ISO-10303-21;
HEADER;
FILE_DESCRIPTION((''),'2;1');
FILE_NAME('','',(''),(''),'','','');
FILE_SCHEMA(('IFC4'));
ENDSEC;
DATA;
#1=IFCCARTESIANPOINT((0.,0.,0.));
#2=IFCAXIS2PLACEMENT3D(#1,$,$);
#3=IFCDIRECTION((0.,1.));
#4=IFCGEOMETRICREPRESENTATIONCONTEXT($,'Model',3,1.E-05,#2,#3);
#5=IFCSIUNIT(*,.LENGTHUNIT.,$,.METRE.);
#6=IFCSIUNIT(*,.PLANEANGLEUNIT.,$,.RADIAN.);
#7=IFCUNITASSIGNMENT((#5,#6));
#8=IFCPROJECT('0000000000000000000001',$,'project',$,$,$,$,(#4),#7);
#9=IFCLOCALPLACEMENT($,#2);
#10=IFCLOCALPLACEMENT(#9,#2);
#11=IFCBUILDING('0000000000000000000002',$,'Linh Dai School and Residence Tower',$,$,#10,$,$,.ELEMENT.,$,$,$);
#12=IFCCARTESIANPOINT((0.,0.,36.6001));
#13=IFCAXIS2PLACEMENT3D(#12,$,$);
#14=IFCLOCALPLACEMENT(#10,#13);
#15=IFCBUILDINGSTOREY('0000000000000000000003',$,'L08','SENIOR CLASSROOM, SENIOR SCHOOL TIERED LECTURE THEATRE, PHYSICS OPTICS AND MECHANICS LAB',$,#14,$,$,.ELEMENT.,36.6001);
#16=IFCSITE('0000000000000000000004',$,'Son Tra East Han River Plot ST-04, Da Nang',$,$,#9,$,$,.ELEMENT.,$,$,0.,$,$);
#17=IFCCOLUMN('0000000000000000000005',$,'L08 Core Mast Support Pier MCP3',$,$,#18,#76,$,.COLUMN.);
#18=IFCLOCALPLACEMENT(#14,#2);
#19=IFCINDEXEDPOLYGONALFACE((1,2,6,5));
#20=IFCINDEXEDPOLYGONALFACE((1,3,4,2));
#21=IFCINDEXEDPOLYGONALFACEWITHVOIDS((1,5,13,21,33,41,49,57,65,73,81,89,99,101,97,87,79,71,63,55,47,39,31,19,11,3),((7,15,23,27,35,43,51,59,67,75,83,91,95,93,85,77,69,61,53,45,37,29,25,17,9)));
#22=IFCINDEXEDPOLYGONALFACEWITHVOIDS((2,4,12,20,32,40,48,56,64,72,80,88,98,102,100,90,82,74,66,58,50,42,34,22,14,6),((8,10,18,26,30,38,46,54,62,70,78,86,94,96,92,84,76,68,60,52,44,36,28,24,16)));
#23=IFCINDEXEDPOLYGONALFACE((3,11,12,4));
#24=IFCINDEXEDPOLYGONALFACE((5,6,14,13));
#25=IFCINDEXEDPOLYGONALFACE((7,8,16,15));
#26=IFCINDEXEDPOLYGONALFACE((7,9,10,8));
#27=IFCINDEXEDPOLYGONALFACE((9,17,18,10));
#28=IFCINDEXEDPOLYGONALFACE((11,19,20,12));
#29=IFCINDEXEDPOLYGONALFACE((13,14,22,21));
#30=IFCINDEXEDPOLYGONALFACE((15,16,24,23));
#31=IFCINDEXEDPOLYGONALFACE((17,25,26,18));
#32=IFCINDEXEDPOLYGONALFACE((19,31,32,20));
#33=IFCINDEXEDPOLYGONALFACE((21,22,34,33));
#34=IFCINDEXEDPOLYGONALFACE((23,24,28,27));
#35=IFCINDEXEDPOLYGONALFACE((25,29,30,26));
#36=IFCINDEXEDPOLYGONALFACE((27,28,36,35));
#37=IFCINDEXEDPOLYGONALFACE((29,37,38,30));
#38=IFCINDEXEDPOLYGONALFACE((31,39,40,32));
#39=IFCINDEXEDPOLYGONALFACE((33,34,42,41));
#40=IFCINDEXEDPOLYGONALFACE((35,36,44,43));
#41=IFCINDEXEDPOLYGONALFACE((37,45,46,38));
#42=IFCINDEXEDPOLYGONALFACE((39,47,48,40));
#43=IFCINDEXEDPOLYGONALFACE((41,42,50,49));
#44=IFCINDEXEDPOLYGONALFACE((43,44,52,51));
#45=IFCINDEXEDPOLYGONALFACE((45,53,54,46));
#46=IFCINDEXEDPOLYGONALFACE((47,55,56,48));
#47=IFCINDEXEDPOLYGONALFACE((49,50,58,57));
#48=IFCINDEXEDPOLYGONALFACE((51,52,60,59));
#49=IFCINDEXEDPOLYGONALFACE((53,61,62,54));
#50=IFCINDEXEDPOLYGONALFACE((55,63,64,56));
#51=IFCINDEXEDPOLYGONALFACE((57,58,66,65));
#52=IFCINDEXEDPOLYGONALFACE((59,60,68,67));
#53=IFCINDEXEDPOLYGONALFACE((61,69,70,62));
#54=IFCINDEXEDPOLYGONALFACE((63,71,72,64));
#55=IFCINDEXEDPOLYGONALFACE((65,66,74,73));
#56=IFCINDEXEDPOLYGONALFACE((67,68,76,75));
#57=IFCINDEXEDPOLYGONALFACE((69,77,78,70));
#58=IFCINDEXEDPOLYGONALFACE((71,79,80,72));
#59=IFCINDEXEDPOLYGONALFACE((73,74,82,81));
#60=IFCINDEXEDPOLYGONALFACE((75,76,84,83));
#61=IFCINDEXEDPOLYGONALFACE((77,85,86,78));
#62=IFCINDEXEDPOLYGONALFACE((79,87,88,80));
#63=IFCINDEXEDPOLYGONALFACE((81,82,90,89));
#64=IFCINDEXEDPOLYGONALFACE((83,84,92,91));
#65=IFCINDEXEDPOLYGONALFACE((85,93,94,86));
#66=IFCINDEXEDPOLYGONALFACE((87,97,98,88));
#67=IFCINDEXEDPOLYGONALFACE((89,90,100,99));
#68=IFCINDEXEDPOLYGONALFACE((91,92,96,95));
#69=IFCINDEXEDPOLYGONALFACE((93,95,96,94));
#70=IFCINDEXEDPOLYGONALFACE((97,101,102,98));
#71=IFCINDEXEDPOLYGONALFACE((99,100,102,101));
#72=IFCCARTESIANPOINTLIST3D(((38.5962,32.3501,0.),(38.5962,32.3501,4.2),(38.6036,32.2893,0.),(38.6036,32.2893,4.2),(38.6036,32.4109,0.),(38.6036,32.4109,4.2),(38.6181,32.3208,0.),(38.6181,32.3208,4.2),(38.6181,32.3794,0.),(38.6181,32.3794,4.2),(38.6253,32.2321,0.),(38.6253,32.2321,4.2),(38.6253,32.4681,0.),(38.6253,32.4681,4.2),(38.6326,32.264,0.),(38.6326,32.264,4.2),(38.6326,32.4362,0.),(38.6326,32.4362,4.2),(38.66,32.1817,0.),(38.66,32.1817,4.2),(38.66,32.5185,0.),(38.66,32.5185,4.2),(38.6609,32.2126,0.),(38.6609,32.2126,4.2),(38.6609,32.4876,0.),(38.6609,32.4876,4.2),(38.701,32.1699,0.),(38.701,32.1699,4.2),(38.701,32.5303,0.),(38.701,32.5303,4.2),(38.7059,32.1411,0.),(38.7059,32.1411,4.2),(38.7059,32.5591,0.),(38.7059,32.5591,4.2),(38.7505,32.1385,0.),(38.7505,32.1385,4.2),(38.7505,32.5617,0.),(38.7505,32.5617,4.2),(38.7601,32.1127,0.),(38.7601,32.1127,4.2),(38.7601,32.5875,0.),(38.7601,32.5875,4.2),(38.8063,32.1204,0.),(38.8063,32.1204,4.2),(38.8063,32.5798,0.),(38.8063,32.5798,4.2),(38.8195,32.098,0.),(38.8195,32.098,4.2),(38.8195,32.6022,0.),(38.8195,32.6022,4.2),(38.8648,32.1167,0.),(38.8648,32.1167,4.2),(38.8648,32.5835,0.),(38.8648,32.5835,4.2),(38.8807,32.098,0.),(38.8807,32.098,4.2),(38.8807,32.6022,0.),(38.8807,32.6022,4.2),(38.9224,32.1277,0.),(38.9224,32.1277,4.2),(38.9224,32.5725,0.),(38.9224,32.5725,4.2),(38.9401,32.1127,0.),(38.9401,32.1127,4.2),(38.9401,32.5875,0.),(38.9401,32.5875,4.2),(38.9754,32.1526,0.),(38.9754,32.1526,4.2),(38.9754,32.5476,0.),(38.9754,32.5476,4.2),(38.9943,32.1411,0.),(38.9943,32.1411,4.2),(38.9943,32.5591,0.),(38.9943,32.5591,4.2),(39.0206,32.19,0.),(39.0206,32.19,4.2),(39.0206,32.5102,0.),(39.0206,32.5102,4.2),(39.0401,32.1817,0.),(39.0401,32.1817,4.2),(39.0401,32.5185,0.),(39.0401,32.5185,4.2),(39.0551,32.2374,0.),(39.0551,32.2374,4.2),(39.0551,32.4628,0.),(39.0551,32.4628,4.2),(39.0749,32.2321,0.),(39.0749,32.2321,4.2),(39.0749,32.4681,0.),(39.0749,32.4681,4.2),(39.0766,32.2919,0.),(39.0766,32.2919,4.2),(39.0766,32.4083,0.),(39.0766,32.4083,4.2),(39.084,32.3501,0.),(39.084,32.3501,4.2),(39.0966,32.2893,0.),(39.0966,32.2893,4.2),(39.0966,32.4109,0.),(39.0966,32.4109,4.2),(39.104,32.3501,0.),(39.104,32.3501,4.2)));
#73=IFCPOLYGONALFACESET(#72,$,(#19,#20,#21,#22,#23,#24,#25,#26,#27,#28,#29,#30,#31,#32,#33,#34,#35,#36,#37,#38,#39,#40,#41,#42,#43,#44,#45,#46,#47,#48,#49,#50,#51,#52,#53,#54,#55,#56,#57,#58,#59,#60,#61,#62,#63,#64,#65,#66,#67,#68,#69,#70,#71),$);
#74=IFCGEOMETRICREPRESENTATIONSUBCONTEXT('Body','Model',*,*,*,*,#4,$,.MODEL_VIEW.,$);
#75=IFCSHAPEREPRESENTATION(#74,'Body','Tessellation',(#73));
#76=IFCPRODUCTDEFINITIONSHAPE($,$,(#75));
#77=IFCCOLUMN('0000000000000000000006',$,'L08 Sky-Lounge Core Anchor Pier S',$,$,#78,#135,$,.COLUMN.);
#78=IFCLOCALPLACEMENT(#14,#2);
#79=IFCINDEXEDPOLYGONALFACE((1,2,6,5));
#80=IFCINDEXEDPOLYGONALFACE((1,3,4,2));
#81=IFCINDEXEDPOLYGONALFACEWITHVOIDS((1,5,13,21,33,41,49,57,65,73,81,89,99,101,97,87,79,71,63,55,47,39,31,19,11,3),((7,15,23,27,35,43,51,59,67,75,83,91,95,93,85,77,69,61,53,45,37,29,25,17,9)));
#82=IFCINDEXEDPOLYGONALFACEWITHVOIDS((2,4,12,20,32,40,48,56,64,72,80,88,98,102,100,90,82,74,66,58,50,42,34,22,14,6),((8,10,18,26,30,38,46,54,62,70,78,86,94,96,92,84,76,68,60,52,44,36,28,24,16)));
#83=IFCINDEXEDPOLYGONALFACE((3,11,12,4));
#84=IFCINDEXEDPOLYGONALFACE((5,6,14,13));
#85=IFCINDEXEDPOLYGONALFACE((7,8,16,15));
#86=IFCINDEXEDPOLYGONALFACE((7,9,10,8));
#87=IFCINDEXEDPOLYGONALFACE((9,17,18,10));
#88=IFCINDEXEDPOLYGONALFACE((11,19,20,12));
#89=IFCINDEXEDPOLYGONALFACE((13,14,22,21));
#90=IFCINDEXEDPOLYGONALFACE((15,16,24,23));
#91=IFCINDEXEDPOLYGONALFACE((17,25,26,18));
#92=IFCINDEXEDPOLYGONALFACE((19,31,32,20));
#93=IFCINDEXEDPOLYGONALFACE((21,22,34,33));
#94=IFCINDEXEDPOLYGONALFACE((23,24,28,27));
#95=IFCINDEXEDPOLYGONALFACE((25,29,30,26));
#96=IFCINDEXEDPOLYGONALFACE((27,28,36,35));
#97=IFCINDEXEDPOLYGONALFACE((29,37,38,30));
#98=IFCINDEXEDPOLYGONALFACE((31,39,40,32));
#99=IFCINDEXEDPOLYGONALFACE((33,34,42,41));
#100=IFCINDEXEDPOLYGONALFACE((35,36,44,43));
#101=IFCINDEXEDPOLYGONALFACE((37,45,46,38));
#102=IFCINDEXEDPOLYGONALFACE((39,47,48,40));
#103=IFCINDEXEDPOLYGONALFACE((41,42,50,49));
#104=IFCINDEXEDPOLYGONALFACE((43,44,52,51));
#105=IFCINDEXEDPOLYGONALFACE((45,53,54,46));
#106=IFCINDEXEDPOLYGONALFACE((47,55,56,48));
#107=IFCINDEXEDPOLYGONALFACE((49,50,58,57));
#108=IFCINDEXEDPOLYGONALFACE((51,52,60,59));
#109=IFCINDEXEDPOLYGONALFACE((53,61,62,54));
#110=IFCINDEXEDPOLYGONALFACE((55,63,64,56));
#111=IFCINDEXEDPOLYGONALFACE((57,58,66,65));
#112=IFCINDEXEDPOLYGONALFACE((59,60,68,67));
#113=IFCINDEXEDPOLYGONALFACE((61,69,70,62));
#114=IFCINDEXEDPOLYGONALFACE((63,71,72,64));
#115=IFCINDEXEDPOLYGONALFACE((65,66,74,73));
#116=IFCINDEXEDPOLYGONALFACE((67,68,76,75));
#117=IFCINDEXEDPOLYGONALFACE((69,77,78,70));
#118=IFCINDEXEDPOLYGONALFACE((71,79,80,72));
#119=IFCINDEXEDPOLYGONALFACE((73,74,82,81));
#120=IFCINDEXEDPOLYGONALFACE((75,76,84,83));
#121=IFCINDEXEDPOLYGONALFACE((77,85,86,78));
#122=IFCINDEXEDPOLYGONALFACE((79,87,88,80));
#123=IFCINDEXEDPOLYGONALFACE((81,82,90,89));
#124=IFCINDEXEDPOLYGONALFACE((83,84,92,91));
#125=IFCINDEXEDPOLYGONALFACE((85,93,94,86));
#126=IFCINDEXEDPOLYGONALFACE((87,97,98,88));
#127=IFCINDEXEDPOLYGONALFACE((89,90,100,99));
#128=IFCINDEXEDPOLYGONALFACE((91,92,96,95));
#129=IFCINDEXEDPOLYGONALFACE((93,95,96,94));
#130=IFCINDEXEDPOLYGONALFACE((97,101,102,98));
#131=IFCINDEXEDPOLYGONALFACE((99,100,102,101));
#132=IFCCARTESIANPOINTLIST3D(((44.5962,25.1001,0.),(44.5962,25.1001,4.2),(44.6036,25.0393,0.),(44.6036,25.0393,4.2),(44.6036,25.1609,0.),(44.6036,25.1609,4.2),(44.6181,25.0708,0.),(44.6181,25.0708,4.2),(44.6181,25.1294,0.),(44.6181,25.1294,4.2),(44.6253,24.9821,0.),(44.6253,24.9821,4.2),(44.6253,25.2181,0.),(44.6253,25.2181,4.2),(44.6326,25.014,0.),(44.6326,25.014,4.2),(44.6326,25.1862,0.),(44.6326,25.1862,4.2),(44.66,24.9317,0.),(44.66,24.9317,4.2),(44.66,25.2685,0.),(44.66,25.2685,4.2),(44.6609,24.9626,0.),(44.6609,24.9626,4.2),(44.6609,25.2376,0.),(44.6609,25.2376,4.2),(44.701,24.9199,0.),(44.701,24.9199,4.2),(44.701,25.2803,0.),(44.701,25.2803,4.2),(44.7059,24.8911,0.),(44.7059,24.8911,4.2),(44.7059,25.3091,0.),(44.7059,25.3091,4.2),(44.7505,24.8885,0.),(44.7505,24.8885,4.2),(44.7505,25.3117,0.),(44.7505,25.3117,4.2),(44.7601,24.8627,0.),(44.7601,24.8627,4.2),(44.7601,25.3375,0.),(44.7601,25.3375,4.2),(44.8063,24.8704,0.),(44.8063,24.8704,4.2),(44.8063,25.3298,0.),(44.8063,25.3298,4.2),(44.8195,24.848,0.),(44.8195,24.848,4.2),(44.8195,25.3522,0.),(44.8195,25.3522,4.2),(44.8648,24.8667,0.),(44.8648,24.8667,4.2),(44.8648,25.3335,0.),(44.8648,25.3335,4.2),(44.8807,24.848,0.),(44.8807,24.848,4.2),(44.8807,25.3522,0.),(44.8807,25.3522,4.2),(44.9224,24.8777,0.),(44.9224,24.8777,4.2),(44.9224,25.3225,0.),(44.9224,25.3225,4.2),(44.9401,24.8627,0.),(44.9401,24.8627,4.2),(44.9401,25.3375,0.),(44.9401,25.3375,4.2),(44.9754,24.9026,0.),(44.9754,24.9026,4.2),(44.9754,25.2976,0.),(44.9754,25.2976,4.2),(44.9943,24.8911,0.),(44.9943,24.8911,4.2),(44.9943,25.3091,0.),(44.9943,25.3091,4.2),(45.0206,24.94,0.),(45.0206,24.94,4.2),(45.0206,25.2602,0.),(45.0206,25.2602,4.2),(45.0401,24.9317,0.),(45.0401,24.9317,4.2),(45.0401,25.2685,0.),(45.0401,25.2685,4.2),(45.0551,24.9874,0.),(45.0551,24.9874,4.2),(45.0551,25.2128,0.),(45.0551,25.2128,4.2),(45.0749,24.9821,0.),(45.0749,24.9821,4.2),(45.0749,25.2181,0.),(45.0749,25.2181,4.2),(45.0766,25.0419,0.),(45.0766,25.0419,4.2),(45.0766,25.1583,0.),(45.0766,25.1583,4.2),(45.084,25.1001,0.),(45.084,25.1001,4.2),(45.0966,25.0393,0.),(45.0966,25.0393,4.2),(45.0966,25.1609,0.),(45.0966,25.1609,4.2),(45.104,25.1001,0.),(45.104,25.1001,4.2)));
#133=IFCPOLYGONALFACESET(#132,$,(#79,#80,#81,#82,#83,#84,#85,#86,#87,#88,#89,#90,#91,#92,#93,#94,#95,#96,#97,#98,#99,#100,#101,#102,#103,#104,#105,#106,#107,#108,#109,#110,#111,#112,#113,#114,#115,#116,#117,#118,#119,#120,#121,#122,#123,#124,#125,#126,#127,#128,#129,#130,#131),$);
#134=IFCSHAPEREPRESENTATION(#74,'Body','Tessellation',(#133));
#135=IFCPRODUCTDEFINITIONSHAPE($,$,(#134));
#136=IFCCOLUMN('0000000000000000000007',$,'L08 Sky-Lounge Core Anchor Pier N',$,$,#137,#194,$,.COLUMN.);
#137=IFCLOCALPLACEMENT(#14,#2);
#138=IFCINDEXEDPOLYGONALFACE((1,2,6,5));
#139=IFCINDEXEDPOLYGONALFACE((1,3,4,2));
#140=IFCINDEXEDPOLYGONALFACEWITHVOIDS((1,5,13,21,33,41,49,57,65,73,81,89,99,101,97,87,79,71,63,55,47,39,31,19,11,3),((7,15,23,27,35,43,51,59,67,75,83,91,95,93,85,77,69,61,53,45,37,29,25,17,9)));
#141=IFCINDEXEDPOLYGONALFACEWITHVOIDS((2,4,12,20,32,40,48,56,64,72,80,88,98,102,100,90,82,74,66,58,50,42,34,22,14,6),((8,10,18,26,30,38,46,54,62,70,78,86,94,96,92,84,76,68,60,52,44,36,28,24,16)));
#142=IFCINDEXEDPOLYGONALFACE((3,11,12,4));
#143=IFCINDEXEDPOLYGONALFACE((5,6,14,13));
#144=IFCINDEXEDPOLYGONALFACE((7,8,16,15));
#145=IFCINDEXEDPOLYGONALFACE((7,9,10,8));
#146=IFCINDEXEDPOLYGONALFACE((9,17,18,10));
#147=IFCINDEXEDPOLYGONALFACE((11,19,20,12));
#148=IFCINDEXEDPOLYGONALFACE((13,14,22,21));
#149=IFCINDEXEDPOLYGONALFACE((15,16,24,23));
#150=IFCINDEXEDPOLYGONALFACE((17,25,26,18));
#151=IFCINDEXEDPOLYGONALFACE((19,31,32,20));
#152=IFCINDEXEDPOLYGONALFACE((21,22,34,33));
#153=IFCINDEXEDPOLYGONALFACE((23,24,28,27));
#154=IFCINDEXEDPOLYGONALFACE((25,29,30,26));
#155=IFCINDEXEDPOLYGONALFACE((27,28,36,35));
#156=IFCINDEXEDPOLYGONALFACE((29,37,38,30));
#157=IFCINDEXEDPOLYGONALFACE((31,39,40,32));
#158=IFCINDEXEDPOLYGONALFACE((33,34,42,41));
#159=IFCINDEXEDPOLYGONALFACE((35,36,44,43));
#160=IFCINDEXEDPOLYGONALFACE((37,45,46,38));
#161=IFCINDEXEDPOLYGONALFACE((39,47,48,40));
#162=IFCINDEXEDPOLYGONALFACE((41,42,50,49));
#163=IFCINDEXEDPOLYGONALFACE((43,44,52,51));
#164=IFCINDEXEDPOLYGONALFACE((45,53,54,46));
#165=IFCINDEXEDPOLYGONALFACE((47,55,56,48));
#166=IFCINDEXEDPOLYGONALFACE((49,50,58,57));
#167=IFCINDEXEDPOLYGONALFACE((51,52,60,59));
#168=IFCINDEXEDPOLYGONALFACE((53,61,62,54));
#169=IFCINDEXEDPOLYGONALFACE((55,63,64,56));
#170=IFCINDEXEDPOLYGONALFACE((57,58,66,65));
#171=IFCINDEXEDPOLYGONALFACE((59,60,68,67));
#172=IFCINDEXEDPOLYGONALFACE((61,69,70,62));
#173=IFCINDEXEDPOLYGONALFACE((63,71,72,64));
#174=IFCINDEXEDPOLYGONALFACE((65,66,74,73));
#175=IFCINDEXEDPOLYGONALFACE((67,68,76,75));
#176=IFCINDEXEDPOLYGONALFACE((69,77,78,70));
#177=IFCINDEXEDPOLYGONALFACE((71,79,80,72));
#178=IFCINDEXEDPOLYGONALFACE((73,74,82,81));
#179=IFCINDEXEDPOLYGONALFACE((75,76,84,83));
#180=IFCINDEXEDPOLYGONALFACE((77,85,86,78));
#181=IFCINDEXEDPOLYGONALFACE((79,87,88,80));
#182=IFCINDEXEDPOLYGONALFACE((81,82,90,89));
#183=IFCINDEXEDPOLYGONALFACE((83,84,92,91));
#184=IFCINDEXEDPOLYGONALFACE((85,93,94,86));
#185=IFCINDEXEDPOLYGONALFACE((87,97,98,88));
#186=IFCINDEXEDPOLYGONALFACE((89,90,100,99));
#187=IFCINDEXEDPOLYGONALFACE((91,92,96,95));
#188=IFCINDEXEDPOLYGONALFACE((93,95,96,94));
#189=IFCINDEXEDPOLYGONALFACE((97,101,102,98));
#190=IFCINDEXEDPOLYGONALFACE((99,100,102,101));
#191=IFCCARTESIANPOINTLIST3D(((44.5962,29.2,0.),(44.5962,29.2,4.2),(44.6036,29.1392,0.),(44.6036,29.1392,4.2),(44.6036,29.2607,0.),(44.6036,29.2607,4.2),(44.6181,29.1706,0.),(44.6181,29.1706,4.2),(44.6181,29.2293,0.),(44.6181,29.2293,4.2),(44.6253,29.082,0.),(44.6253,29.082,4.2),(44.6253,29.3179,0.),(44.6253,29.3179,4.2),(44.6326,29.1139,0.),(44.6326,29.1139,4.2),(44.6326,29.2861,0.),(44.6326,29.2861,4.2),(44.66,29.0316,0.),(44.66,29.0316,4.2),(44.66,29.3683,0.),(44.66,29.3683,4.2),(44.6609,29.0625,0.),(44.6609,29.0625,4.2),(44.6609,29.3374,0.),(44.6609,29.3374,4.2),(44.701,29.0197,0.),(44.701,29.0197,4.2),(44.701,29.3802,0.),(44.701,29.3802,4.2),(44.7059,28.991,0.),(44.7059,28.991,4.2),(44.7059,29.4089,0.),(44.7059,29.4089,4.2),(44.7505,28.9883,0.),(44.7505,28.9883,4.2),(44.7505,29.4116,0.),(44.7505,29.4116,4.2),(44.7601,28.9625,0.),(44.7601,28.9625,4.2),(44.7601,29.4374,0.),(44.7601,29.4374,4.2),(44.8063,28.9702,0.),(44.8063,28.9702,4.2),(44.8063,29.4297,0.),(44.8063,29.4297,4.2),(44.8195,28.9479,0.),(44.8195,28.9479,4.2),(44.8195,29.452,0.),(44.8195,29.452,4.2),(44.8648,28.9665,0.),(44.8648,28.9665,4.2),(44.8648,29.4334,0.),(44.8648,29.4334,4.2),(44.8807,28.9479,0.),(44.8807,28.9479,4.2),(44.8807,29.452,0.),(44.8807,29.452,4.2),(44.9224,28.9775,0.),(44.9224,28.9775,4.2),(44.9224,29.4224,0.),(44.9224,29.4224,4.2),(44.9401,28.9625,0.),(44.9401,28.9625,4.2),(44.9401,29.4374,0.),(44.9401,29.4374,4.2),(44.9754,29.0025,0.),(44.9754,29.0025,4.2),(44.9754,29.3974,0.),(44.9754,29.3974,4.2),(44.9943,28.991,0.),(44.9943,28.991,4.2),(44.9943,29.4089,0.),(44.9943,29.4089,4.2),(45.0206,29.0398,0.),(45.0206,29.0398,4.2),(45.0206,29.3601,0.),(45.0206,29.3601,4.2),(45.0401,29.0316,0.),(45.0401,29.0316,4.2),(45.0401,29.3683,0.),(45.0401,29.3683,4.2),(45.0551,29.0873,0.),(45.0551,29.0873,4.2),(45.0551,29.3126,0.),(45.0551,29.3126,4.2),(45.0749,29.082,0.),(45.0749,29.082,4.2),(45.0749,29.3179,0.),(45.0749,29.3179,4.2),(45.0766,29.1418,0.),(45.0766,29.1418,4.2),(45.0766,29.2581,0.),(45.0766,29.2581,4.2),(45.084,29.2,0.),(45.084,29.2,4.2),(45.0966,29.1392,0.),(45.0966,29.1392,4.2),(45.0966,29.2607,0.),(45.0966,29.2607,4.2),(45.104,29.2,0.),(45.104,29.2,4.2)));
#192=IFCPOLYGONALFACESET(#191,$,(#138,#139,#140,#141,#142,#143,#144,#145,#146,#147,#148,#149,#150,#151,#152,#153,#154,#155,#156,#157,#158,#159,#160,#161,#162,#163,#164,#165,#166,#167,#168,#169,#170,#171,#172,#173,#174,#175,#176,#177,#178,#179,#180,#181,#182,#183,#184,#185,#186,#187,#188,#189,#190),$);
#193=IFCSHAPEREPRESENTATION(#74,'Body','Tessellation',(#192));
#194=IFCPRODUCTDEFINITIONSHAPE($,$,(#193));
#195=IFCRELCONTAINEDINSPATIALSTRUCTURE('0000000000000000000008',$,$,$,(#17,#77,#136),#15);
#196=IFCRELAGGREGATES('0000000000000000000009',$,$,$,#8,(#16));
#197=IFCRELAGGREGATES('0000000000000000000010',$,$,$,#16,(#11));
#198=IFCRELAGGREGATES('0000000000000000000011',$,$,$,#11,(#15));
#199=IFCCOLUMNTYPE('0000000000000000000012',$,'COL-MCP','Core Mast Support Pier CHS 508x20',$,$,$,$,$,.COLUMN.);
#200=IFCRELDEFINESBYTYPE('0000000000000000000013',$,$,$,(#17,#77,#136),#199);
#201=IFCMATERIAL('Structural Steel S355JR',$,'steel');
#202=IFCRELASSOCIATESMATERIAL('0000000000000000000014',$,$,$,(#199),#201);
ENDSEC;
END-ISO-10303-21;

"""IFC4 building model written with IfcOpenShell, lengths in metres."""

from ifc_helpers import new_model, si_unit, direction, frame, origin, origin_2d, place, context, subcontext, project, spatial, hollow_circle, extrude, material, material_profile, profile_set, type_object, element, save


model = new_model("IFC4")

# Units and contexts
model_context = context("Model", 3, precision=1e-05, world=origin(), true_north=direction((0.0, 1.0)))
body_context = subcontext(model_context, "Body", "Model", "MODEL_VIEW")
ifc_project = project(units=[si_unit("LENGTHUNIT", "METRE"), si_unit("PLANEANGLEUNIT", "RADIAN")], contexts=[model_context])

# Site, building, storey
site_placement = place(None, origin())
site = spatial("IfcSite", under=ifc_project, at=site_placement, Name="Son Tra East Han River Plot ST-04, Da Nang", CompositionType="ELEMENT", RefElevation=0.0)
building_placement = place(site_placement, origin())
building = spatial("IfcBuilding", under=site, at=building_placement, Name="Linh Dai School and Residence Tower", CompositionType="ELEMENT")
storey_placement = place(building_placement, frame((0.0, 0.0, 36.6001)))
storey = spatial("IfcBuildingStorey", under=building, at=storey_placement, Name="L08", Description="SENIOR CLASSROOM, SENIOR SCHOOL TIERED LECTURE THEATRE, PHYSICS OPTICS AND MECHANICS LAB", CompositionType="ELEMENT", Elevation=36.6001)

# Columns
ifc_material_1 = material(Name="Structural Steel S355JR", Category="steel")
ifc_material_profile_1 = material_profile(ifc_material_1, hollow_circle(Radius=0.2539, WallThickness=0.02, at=origin_2d()), Name="CHS 508x20")
ifc_profile_set_1 = profile_set([ifc_material_profile_1], Name="Structural Steel S355JR")
column_type_1 = type_object("IfcColumnType", Name="COL-MCP", Description="Core Mast Support Pier CHS 508x20", PredefinedType="COLUMN", material=ifc_profile_set_1)
for number, where, z_axis, x_axis, name in (
    (1, (38.8501, 32.3501, 0.0), (0.0, 0.0, 1.0), (1.0, 0.0, 0.0), "L08 Core Mast Support Pier MCP3"),
    (2, (44.8501, 25.1001, 0.0), (0.0, 0.0, 1.0), (1.0, 0.0, 0.0), "L08 Sky-Lounge Core Anchor Pier S"),
    (3, (44.8501, 29.2, 0.0), (0.0, 0.0, 1.0), (1.0, 0.0, 0.0), "L08 Sky-Lounge Core Anchor Pier N"),
):
    element("IfcColumn", number, at=place(storey_placement, frame(where, z_axis=z_axis, x_axis=x_axis)), inside=storey, type_object=column_type_1, Name=name, PredefinedType="COLUMN", context=body_context, shape_type="SweptSolid", body=[
        extrude(hollow_circle(Radius=0.2539, WallThickness=0.02, at=origin_2d()), origin(), (0.0, 0.0, 1.0), 4.2),
    ])

save(model, "model.ifc")
